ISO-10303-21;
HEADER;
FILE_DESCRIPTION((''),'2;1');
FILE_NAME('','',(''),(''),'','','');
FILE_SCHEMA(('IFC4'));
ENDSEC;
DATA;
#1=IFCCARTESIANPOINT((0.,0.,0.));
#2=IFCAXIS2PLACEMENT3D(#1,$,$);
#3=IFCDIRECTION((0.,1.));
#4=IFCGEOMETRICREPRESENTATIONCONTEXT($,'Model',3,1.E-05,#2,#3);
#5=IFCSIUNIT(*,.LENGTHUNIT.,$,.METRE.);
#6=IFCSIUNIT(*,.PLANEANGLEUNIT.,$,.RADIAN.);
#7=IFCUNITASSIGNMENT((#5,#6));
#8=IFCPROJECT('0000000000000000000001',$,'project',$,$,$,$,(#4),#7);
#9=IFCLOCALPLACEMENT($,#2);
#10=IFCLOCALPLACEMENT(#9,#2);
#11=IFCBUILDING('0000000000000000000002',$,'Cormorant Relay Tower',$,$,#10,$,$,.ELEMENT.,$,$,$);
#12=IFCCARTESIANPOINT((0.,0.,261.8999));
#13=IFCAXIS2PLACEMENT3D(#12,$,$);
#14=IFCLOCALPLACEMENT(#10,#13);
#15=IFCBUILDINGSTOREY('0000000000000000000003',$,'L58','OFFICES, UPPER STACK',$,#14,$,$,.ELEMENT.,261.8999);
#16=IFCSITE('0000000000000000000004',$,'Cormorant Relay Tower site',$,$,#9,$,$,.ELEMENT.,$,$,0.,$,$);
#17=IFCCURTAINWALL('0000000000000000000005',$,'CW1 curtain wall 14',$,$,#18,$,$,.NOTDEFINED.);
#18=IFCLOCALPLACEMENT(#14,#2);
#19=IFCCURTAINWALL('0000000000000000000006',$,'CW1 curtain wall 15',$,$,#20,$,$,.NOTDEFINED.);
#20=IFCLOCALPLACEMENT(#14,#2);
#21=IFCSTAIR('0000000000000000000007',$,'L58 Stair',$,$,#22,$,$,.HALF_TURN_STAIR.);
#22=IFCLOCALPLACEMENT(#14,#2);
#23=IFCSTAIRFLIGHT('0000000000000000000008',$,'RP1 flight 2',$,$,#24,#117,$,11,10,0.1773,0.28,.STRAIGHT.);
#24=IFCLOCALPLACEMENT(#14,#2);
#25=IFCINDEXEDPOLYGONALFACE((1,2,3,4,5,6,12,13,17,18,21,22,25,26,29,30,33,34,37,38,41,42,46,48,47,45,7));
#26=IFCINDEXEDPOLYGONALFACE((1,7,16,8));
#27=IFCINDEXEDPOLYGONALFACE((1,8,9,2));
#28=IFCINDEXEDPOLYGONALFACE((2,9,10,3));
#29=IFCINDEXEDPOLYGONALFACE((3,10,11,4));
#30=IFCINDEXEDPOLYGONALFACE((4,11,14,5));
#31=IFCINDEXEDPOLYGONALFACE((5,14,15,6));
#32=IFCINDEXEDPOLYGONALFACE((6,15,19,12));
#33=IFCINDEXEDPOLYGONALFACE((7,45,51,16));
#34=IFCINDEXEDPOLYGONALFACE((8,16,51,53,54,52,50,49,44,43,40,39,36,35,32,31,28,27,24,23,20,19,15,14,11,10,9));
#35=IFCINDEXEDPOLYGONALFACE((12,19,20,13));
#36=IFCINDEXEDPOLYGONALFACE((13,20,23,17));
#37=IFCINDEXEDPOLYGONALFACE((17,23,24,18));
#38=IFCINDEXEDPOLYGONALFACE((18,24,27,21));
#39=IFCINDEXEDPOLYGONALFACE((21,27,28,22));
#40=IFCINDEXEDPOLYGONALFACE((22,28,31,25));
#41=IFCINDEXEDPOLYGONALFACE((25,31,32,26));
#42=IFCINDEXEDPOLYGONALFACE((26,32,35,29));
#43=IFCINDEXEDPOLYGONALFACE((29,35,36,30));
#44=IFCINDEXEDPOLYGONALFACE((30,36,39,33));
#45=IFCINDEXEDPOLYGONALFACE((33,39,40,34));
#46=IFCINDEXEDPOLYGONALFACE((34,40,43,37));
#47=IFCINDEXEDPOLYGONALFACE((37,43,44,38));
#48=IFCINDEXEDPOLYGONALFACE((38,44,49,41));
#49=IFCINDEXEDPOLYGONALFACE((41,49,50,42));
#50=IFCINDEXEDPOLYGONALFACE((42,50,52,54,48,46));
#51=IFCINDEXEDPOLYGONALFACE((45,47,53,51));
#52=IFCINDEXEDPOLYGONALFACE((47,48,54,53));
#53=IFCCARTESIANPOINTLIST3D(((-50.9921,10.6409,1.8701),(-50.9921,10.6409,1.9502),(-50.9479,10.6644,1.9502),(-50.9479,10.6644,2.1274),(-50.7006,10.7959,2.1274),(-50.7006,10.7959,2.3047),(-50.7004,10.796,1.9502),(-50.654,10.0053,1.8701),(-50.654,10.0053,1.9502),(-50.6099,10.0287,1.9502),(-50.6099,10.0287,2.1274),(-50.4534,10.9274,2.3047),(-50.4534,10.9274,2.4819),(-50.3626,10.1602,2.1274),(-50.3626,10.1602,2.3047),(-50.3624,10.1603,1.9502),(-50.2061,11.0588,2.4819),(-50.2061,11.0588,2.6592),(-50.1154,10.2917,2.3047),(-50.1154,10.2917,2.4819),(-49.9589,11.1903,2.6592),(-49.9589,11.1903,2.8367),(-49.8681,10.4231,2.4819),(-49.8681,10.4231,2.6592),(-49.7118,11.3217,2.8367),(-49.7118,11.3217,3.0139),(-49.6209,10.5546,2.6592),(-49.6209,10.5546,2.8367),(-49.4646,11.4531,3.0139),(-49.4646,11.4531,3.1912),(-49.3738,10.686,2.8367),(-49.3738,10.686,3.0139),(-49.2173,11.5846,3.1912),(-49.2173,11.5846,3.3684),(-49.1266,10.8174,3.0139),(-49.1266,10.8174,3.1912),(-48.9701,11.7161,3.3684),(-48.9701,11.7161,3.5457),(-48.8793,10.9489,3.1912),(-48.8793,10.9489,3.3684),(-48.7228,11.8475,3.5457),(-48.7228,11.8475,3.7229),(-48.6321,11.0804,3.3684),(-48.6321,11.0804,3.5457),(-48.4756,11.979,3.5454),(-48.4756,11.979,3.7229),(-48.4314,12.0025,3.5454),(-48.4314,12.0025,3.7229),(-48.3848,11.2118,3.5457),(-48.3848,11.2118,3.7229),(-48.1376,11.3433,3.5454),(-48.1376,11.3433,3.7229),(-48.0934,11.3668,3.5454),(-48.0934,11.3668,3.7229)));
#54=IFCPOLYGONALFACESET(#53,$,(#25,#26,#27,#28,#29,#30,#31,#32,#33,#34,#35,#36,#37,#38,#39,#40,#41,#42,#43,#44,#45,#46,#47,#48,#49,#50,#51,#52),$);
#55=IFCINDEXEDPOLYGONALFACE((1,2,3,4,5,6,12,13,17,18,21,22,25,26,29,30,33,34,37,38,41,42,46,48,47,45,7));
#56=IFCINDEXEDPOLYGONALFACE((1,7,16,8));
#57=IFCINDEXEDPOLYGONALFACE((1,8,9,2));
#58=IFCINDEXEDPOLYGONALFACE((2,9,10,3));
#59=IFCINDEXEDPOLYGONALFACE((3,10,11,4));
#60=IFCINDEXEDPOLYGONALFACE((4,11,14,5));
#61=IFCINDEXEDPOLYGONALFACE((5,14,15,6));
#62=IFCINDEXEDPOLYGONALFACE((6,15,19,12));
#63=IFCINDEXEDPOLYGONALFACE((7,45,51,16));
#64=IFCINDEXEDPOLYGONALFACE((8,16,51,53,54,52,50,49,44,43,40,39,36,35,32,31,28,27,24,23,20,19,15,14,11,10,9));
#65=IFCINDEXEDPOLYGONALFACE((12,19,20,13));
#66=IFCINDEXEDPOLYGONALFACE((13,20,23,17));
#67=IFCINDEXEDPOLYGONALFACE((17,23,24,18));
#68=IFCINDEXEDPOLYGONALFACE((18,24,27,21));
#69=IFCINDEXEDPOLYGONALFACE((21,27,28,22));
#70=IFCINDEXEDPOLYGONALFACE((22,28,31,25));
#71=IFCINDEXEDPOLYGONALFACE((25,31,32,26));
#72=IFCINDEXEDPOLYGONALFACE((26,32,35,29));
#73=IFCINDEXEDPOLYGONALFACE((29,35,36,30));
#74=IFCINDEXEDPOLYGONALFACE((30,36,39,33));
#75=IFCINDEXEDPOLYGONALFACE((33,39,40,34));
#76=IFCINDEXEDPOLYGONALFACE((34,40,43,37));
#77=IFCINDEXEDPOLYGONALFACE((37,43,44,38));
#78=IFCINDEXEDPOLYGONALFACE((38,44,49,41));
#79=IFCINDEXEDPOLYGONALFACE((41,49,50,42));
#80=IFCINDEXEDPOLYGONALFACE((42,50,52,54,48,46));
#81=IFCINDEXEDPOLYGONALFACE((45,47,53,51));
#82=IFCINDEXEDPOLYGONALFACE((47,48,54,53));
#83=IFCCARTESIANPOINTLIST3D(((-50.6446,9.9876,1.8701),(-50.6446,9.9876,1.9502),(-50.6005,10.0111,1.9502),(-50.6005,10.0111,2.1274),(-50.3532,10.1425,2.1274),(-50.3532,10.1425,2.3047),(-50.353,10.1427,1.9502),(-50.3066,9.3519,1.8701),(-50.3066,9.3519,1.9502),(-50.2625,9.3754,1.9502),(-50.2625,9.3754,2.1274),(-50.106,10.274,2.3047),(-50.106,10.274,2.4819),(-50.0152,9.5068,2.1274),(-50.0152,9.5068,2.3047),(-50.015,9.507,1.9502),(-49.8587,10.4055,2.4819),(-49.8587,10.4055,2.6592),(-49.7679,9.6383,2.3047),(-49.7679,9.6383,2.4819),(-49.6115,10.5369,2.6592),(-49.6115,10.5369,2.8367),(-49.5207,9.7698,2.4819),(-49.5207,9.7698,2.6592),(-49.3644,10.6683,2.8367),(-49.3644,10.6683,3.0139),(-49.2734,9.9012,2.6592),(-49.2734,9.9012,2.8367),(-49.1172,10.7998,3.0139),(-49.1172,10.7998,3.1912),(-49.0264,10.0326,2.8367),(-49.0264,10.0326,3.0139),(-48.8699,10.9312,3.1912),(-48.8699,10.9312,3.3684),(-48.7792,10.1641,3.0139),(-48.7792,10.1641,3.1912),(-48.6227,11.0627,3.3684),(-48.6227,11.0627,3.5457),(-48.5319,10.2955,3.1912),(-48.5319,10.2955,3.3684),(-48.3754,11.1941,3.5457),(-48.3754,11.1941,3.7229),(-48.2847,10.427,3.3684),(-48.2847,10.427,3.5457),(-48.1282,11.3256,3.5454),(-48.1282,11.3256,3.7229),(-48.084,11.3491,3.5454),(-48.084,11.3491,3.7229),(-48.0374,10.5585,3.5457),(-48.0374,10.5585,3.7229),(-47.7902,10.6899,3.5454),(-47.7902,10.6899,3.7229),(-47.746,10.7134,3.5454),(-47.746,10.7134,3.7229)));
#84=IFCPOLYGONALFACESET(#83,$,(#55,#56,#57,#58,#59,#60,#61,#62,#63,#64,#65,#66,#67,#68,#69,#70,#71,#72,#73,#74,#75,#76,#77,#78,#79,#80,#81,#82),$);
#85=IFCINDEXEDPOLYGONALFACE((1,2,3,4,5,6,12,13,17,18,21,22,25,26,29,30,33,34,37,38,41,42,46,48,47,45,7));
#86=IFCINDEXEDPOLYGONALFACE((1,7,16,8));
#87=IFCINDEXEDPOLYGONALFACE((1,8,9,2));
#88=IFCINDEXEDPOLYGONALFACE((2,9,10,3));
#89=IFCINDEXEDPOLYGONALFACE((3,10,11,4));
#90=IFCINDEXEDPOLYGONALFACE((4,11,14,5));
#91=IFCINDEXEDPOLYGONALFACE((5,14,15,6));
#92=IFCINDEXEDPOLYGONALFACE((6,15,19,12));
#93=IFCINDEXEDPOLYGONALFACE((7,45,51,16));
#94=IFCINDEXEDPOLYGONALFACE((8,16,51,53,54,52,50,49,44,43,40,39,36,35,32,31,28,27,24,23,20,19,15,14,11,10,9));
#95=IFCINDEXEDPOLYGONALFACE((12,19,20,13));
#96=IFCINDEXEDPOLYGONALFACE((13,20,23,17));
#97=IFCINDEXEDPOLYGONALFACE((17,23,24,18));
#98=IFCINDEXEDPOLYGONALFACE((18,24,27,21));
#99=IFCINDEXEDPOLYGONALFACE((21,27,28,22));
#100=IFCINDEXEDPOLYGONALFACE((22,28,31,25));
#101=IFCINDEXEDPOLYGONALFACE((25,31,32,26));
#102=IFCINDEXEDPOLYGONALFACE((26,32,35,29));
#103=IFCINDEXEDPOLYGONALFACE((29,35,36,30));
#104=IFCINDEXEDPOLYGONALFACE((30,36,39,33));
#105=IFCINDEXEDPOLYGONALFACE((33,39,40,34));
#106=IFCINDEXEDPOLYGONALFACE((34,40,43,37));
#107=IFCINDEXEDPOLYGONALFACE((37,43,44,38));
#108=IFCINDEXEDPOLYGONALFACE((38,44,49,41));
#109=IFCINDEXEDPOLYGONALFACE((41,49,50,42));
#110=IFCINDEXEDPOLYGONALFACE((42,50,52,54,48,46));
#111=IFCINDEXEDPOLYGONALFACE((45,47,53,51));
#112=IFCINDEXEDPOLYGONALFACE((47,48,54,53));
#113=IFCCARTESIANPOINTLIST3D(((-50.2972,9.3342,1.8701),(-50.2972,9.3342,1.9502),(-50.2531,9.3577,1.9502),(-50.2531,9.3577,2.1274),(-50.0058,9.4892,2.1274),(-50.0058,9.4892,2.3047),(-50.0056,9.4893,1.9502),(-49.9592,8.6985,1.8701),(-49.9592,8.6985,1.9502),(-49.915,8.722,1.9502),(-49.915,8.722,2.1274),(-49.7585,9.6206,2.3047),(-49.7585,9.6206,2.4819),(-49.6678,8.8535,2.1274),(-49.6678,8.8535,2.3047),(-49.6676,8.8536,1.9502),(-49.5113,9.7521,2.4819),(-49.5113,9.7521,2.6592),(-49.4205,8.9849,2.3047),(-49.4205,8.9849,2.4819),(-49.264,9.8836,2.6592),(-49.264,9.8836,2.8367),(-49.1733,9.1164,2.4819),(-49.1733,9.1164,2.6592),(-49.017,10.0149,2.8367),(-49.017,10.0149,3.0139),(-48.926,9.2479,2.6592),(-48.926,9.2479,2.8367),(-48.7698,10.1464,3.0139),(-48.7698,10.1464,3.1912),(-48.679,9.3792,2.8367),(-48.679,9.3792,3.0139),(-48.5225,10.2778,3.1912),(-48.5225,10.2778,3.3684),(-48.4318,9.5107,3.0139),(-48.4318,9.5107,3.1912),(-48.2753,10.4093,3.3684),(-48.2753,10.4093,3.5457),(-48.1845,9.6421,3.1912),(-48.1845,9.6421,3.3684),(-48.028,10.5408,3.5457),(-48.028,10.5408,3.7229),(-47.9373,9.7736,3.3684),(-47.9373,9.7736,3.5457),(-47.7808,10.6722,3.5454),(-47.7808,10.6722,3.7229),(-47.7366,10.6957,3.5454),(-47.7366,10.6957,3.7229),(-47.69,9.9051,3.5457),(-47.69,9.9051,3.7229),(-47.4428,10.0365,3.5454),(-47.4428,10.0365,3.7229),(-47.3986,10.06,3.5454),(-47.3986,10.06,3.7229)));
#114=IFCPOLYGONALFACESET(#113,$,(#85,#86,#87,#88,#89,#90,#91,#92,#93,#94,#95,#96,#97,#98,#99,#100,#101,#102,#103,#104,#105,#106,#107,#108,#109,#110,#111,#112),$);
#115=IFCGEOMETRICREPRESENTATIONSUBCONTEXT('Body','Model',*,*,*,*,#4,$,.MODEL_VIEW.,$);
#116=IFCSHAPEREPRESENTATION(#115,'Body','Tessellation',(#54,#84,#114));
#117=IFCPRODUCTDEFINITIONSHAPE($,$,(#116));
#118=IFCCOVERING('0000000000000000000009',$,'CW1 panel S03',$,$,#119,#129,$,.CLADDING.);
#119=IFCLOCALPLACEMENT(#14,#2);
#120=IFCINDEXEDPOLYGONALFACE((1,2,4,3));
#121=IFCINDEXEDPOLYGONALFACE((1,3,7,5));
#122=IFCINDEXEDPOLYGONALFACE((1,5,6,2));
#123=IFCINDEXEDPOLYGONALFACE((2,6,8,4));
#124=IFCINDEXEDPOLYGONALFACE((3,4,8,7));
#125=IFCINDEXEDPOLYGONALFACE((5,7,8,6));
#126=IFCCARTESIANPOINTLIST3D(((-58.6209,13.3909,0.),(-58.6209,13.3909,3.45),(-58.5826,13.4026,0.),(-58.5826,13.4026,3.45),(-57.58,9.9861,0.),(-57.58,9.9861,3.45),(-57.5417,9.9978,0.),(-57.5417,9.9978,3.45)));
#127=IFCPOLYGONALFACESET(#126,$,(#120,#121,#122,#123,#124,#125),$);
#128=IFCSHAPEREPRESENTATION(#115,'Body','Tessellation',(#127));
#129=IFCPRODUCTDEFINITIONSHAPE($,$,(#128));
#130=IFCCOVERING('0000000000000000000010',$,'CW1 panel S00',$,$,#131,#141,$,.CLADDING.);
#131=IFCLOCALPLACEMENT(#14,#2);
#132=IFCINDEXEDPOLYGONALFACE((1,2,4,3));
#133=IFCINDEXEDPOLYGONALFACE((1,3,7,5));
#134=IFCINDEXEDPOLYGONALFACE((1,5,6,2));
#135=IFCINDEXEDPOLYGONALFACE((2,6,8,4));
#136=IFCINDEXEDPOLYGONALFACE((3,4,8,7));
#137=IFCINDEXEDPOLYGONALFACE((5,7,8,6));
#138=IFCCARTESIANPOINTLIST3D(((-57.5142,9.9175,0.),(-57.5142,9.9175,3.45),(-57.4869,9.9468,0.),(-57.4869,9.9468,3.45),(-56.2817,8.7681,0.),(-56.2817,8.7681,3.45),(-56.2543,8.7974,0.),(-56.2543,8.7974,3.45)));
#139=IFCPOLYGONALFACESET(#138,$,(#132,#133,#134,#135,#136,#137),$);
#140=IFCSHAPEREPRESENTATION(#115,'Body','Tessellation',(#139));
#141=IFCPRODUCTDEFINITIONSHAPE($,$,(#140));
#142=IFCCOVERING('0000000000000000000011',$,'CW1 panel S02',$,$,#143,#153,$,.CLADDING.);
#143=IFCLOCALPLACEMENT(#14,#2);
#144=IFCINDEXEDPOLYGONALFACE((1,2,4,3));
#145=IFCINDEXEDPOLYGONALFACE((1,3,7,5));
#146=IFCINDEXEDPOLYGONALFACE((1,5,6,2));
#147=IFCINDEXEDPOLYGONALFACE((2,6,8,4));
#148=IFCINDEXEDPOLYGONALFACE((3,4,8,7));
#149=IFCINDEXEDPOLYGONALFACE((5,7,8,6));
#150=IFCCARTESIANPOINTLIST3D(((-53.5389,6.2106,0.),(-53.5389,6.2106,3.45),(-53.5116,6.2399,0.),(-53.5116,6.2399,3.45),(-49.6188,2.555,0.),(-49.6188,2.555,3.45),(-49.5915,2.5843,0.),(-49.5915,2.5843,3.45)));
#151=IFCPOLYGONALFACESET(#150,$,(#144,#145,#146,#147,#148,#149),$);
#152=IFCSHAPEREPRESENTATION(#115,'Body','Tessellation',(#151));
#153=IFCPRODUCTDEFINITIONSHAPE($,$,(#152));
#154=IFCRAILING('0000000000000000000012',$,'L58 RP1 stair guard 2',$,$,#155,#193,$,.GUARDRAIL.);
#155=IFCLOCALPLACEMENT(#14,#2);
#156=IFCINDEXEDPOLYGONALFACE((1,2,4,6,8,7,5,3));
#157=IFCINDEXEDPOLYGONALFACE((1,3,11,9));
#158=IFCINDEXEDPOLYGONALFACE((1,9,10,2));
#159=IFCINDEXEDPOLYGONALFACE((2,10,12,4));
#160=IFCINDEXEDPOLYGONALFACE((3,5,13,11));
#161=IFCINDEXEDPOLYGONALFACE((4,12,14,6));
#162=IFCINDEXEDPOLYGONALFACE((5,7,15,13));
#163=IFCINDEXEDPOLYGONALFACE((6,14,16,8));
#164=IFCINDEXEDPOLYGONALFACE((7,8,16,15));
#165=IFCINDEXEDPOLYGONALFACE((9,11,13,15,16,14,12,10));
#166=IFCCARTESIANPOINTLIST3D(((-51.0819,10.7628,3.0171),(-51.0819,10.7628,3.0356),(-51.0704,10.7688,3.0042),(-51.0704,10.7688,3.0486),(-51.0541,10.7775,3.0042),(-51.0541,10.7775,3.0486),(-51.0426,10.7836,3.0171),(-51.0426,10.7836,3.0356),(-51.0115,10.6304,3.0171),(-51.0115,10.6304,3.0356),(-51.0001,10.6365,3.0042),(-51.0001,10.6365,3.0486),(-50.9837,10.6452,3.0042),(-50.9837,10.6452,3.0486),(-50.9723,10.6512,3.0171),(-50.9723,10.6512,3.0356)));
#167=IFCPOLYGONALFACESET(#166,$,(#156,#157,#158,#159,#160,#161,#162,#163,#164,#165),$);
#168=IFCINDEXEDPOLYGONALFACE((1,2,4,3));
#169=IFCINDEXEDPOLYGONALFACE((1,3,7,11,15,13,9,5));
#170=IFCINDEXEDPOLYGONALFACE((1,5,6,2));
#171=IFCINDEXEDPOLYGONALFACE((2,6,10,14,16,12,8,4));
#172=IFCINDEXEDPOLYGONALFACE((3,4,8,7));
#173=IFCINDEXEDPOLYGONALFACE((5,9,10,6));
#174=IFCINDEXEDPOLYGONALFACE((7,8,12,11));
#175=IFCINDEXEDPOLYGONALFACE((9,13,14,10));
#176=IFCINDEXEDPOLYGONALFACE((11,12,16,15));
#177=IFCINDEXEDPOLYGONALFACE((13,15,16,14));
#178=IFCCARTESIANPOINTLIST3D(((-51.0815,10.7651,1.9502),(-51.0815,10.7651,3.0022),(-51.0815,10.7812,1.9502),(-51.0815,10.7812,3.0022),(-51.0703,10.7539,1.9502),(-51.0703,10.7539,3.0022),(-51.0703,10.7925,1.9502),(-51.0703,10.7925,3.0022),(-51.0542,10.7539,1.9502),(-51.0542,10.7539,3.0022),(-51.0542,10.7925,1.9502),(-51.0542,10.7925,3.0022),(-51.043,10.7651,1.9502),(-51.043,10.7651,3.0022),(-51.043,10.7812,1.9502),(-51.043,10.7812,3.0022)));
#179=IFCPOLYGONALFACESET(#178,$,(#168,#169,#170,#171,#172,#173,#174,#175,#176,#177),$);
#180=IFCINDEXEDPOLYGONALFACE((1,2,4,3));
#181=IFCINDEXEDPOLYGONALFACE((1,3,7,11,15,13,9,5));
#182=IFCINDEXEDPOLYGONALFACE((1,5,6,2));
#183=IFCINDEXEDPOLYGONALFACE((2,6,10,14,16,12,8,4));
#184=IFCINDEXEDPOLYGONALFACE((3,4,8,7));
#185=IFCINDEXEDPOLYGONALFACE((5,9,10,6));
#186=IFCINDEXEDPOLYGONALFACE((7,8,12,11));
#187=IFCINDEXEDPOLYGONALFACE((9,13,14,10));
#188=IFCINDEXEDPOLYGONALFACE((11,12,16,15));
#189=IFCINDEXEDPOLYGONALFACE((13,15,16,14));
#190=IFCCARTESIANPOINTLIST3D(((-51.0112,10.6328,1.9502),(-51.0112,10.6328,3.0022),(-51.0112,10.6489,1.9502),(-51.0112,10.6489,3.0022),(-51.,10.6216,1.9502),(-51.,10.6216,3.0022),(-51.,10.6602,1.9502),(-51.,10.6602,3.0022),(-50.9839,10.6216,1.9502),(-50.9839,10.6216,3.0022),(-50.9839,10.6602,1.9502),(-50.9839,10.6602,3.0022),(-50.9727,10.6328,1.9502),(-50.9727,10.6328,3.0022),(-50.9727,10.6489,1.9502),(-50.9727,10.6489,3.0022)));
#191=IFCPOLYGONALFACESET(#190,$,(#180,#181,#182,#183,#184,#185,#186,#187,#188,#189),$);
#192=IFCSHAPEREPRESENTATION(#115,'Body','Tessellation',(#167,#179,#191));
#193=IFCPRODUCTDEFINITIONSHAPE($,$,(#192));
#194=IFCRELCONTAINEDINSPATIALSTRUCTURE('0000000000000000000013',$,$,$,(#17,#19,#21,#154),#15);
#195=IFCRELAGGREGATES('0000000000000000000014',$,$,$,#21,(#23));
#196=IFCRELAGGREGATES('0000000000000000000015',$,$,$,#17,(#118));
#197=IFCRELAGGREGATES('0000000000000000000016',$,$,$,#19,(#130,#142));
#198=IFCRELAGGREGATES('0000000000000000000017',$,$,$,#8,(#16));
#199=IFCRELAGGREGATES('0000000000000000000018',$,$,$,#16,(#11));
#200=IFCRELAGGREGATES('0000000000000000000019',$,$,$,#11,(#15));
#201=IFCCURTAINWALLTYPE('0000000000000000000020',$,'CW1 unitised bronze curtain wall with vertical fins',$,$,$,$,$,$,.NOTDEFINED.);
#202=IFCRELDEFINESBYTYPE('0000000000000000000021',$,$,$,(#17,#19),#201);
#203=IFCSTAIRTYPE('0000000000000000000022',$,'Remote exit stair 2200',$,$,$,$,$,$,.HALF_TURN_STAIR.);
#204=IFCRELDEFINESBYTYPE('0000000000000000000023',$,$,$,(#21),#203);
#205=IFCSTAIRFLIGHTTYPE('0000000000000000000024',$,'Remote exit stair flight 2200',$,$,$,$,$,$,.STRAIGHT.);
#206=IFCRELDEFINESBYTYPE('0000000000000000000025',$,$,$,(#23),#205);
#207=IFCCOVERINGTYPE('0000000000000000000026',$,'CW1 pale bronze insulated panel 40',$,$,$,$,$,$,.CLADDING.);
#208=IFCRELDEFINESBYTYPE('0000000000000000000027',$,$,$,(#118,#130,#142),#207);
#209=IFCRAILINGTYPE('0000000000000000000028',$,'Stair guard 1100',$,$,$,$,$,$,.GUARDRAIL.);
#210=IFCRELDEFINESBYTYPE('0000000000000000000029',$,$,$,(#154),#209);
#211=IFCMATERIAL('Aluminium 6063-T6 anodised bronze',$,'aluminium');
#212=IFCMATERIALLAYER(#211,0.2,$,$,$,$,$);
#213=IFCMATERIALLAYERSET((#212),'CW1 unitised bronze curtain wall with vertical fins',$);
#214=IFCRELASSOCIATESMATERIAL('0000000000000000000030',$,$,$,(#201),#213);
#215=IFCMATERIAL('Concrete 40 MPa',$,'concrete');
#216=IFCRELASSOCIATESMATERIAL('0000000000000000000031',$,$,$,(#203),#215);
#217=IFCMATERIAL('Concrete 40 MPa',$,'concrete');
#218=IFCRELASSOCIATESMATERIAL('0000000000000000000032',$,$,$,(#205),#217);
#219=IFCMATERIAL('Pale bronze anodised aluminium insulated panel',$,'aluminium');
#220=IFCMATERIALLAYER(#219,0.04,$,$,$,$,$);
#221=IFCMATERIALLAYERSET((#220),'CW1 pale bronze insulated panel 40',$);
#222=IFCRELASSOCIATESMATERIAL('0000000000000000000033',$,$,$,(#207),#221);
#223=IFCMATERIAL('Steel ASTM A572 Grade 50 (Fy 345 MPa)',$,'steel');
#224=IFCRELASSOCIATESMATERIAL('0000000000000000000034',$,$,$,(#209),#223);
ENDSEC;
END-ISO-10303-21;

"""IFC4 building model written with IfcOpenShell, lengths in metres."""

from ifc_helpers import new_model, si_unit, direction, frame, origin, origin_2d, place, context, subcontext, project, spatial, polyline, rectangle, outline, extrude, material, layer, layer_set, type_object, element, aggregate, save


model = new_model("IFC4")

# Units and contexts
model_context = context("Model", 3, precision=1e-05, world=origin(), true_north=direction((0.0, 1.0)))
body_context = subcontext(model_context, "Body", "Model", "MODEL_VIEW")
ifc_project = project(units=[si_unit("LENGTHUNIT", "METRE"), si_unit("PLANEANGLEUNIT", "RADIAN")], contexts=[model_context])

# Site, building, storey
site_placement = place(None, origin())
site = spatial("IfcSite", under=ifc_project, at=site_placement, Name="Cormorant Relay Tower site", CompositionType="ELEMENT", RefElevation=0.0)
building_placement = place(site_placement, origin())
building = spatial("IfcBuilding", under=site, at=building_placement, Name="Cormorant Relay Tower", CompositionType="ELEMENT")
storey_placement = place(building_placement, frame((0.0, 0.0, 261.8999)))
storey = spatial("IfcBuildingStorey", under=building, at=storey_placement, Name="L58", Description="OFFICES, UPPER STACK", CompositionType="ELEMENT", Elevation=261.8999)

# Curtain wall
ifc_material_1 = material(Name="Aluminium 6063-T6 anodised bronze", Category="aluminium")
ifc_layer_1 = layer(ifc_material_1, 0.2)
ifc_layer_set_1 = layer_set([ifc_layer_1], Name="CW1 unitised bronze curtain wall with vertical fins")
curtain_wall_type = type_object("IfcCurtainWallType", Name="CW1 unitised bronze curtain wall with vertical fins", PredefinedType="NOTDEFINED", material=ifc_layer_set_1)
curtain_wall_1_placement = place(storey_placement, origin())
curtain_wall_1 = element("IfcCurtainWall", 1, at=curtain_wall_1_placement, inside=storey, type_object=curtain_wall_type, Name="CW1 curtain wall 14", PredefinedType="NOTDEFINED")

# Curtain wall
curtain_wall_2_placement = place(storey_placement, origin())
curtain_wall_2 = element("IfcCurtainWall", 2, at=curtain_wall_2_placement, inside=storey, type_object=curtain_wall_type, Name="CW1 curtain wall 15", PredefinedType="NOTDEFINED")

# Stair, stair flight
ifc_material_2 = material(Name="Concrete 40 MPa", Category="concrete")
stair_type = type_object("IfcStairType", Name="Remote exit stair 2200", PredefinedType="HALF_TURN_STAIR", material=ifc_material_2)
stair_placement = place(storey_placement, origin())
stair = element("IfcStair", 3, at=stair_placement, inside=storey, type_object=stair_type, Name="L58 Stair", PredefinedType="HALF_TURN_STAIR")
ifc_material_3 = material(Name="Concrete 40 MPa", Category="concrete")
stair_flight_type = type_object("IfcStairFlightType", Name="Remote exit stair flight 2200", PredefinedType="STRAIGHT", material=ifc_material_3)
stair_flight_1_placement = place(storey_placement, frame((-50.4314, 9.6931, 1.9502), z_axis=(0.0, 0.0, 1.0), x_axis=(0.882948, 0.469472, 0.0)))
stair_flight_1 = element("IfcStairFlight", 4, at=stair_flight_1_placement, type_object=stair_flight_type, Name="RP1 flight 2", NumberOfRisers=11, NumberOfTreads=10, PredefinedType="STRAIGHT", RiserHeight=0.1773, TreadLength=0.28, context=body_context, shape_type="SweptSolid", body=[
    extrude(outline(polyline([(-0.05, -0.0801), (-0.05, 0.0), (0.0, 0.0), (0.0, 0.1772), (0.28, 0.1772), (0.28, 0.3545), (0.5601, 0.3545), (0.5601, 0.5317), (0.8401, 0.5317), (0.8401, 0.709), (1.1201, 0.709), (1.1201, 0.8865), (1.3999, 0.8865), (1.3999, 1.0637), (1.6799, 1.0637), (1.6799, 1.241), (1.96, 1.241), (1.96, 1.4182), (2.24, 1.4182), (2.24, 1.5955), (2.52, 1.5955), (2.52, 1.7727), (2.8, 1.7727), (2.8501, 1.7727), (2.8501, 1.5952), (2.8, 1.5952), (0.2803, 0.0), (-0.05, -0.0801)])), frame((0.0, 1.1001, 0.0), z_axis=(0.0, -1.0, 0.0), x_axis=(1.0, 0.0, 0.0)), (0.0, 0.0, 1.0), 0.72),
    extrude(outline(polyline([(-0.05, -0.0801), (-0.05, 0.0), (0.0, 0.0), (0.0, 0.1772), (0.28, 0.1772), (0.28, 0.3545), (0.5601, 0.3545), (0.5601, 0.5317), (0.8401, 0.5317), (0.8401, 0.709), (1.1201, 0.709), (1.1201, 0.8865), (1.3999, 0.8865), (1.3999, 1.0637), (1.6799, 1.0637), (1.6799, 1.241), (1.96, 1.241), (1.96, 1.4182), (2.24, 1.4182), (2.24, 1.5955), (2.52, 1.5955), (2.52, 1.7727), (2.8, 1.7727), (2.8501, 1.7727), (2.8501, 1.5952), (2.8, 1.5952), (0.2803, 0.0), (-0.05, -0.0801)])), frame((0.0, 0.3601, 0.0), z_axis=(0.0, -1.0, 0.0), x_axis=(1.0, 0.0, 0.0)), (0.0, 0.0, 1.0), 0.72),
    extrude(outline(polyline([(-0.05, -0.0801), (-0.05, 0.0), (0.0, 0.0), (0.0, 0.1772), (0.28, 0.1772), (0.28, 0.3545), (0.5601, 0.3545), (0.5601, 0.5317), (0.8401, 0.5317), (0.8401, 0.709), (1.1201, 0.709), (1.1201, 0.8865), (1.3999, 0.8865), (1.3999, 1.0637), (1.6799, 1.0637), (1.6799, 1.241), (1.96, 1.241), (1.96, 1.4182), (2.24, 1.4182), (2.24, 1.5955), (2.52, 1.5955), (2.52, 1.7727), (2.8, 1.7727), (2.8501, 1.7727), (2.8501, 1.5952), (2.8, 1.5952), (0.2803, 0.0), (-0.05, -0.0801)])), frame((0.0, -0.3799, 0.0), z_axis=(0.0, -1.0, 0.0), x_axis=(1.0, 0.0, 0.0)), (0.0, 0.0, 1.0), 0.72),
])
aggregate(stair, [stair_flight_1])

# Coverings
ifc_material_4 = material(Name="Pale bronze anodised aluminium insulated panel", Category="aluminium")
ifc_layer_2 = layer(ifc_material_4, 0.04)
ifc_layer_set_2 = layer_set([ifc_layer_2], Name="CW1 pale bronze insulated panel 40")
covering_type = type_object("IfcCoveringType", Name="CW1 pale bronze insulated panel 40", PredefinedType="CLADDING", material=ifc_layer_set_2)
covering_1_placement = place(storey_placement, frame((-58.0813, 11.6943, 0.0), z_axis=(0.0, 0.0, 1.0), x_axis=(0.292372, -0.956305, 0.0)))
covering_1 = element("IfcCovering", 5, at=covering_1_placement, type_object=covering_type, Name="CW1 panel S03", PredefinedType="CLADDING", context=body_context, shape_type="SweptSolid", body=[
    extrude(rectangle(XDim=3.5603, YDim=0.04, at=origin_2d()), origin(), (0.0, 0.0, 1.0), 3.45),
])
aggregate(curtain_wall_1, [covering_1])
covering_2_placement = place(storey_placement, frame((-56.8843, 9.3574, 0.0), z_axis=(0.0, 0.0, 1.0), x_axis=(0.731354, -0.681998, 0.0)))
covering_2 = element("IfcCovering", 6, at=covering_2_placement, type_object=covering_type, Name="CW1 panel S00", PredefinedType="CLADDING", context=body_context, shape_type="SweptSolid", body=[
    extrude(rectangle(XDim=1.6853, YDim=0.04, at=origin_2d()), origin(), (0.0, 0.0, 1.0), 3.45),
])
covering_3_placement = place(storey_placement, frame((-51.5652, 4.3975, 0.0), z_axis=(0.0, 0.0, 1.0), x_axis=(0.731354, -0.681998, 0.0)))
covering_3 = element("IfcCovering", 7, at=covering_3_placement, type_object=covering_type, Name="CW1 panel S02", PredefinedType="CLADDING", context=body_context, shape_type="SweptSolid", body=[
    extrude(rectangle(XDim=5.3601, YDim=0.04, at=origin_2d()), origin(), (0.0, 0.0, 1.0), 3.45),
])
aggregate(curtain_wall_2, [covering_2, covering_3])

# Railing
ifc_material_5 = material(Name="Steel ASTM A572 Grade 50 (Fy 345 MPa)", Category="steel")
railing_type_1 = type_object("IfcRailingType", Name="Stair guard 1100", PredefinedType="GUARDRAIL", material=ifc_material_5)
railing_1_placement = place(storey_placement, frame((-51.0623, 10.7732, 1.9502)))
element("IfcRailing", 8, at=railing_1_placement, inside=storey, type_object=railing_type_1, Name="L58 RP1 stair guard 2", PredefinedType="GUARDRAIL", context=body_context, shape_type="SweptSolid", body=[
    extrude(outline(polyline([(0.0222, 0.0093), (0.0093, 0.0222), (-0.0093, 0.0222), (-0.0222, 0.0093), (-0.0222, -0.0093), (-0.0093, -0.0222), (0.0093, -0.0222), (0.0222, -0.0093), (0.0222, 0.0093)])), frame((0.0, 0.0, 1.0762), z_axis=(0.469235, -0.883074, 0.0), x_axis=(0.883074, 0.469235, 0.0)), (0.0, 0.0, 1.0), 0.1499),
    extrude(outline(polyline([(0.0193, 0.0081), (0.0081, 0.0193), (-0.0081, 0.0193), (-0.0193, 0.0081), (-0.0193, -0.0081), (-0.0081, -0.0193), (0.0081, -0.0193), (0.0193, -0.0081), (0.0193, 0.0081)])), origin(), (0.0, 0.0, 1.0), 1.052),
    extrude(outline(polyline([(0.0193, 0.0081), (0.0081, 0.0193), (-0.0081, 0.0193), (-0.0193, 0.0081), (-0.0193, -0.0081), (-0.0081, -0.0193), (0.0081, -0.0193), (0.0193, -0.0081), (0.0193, 0.0081)])), frame((0.0703, -0.1323, 0.0)), (0.0, 0.0, 1.0), 1.052),
])

save(model, "model.ifc")
